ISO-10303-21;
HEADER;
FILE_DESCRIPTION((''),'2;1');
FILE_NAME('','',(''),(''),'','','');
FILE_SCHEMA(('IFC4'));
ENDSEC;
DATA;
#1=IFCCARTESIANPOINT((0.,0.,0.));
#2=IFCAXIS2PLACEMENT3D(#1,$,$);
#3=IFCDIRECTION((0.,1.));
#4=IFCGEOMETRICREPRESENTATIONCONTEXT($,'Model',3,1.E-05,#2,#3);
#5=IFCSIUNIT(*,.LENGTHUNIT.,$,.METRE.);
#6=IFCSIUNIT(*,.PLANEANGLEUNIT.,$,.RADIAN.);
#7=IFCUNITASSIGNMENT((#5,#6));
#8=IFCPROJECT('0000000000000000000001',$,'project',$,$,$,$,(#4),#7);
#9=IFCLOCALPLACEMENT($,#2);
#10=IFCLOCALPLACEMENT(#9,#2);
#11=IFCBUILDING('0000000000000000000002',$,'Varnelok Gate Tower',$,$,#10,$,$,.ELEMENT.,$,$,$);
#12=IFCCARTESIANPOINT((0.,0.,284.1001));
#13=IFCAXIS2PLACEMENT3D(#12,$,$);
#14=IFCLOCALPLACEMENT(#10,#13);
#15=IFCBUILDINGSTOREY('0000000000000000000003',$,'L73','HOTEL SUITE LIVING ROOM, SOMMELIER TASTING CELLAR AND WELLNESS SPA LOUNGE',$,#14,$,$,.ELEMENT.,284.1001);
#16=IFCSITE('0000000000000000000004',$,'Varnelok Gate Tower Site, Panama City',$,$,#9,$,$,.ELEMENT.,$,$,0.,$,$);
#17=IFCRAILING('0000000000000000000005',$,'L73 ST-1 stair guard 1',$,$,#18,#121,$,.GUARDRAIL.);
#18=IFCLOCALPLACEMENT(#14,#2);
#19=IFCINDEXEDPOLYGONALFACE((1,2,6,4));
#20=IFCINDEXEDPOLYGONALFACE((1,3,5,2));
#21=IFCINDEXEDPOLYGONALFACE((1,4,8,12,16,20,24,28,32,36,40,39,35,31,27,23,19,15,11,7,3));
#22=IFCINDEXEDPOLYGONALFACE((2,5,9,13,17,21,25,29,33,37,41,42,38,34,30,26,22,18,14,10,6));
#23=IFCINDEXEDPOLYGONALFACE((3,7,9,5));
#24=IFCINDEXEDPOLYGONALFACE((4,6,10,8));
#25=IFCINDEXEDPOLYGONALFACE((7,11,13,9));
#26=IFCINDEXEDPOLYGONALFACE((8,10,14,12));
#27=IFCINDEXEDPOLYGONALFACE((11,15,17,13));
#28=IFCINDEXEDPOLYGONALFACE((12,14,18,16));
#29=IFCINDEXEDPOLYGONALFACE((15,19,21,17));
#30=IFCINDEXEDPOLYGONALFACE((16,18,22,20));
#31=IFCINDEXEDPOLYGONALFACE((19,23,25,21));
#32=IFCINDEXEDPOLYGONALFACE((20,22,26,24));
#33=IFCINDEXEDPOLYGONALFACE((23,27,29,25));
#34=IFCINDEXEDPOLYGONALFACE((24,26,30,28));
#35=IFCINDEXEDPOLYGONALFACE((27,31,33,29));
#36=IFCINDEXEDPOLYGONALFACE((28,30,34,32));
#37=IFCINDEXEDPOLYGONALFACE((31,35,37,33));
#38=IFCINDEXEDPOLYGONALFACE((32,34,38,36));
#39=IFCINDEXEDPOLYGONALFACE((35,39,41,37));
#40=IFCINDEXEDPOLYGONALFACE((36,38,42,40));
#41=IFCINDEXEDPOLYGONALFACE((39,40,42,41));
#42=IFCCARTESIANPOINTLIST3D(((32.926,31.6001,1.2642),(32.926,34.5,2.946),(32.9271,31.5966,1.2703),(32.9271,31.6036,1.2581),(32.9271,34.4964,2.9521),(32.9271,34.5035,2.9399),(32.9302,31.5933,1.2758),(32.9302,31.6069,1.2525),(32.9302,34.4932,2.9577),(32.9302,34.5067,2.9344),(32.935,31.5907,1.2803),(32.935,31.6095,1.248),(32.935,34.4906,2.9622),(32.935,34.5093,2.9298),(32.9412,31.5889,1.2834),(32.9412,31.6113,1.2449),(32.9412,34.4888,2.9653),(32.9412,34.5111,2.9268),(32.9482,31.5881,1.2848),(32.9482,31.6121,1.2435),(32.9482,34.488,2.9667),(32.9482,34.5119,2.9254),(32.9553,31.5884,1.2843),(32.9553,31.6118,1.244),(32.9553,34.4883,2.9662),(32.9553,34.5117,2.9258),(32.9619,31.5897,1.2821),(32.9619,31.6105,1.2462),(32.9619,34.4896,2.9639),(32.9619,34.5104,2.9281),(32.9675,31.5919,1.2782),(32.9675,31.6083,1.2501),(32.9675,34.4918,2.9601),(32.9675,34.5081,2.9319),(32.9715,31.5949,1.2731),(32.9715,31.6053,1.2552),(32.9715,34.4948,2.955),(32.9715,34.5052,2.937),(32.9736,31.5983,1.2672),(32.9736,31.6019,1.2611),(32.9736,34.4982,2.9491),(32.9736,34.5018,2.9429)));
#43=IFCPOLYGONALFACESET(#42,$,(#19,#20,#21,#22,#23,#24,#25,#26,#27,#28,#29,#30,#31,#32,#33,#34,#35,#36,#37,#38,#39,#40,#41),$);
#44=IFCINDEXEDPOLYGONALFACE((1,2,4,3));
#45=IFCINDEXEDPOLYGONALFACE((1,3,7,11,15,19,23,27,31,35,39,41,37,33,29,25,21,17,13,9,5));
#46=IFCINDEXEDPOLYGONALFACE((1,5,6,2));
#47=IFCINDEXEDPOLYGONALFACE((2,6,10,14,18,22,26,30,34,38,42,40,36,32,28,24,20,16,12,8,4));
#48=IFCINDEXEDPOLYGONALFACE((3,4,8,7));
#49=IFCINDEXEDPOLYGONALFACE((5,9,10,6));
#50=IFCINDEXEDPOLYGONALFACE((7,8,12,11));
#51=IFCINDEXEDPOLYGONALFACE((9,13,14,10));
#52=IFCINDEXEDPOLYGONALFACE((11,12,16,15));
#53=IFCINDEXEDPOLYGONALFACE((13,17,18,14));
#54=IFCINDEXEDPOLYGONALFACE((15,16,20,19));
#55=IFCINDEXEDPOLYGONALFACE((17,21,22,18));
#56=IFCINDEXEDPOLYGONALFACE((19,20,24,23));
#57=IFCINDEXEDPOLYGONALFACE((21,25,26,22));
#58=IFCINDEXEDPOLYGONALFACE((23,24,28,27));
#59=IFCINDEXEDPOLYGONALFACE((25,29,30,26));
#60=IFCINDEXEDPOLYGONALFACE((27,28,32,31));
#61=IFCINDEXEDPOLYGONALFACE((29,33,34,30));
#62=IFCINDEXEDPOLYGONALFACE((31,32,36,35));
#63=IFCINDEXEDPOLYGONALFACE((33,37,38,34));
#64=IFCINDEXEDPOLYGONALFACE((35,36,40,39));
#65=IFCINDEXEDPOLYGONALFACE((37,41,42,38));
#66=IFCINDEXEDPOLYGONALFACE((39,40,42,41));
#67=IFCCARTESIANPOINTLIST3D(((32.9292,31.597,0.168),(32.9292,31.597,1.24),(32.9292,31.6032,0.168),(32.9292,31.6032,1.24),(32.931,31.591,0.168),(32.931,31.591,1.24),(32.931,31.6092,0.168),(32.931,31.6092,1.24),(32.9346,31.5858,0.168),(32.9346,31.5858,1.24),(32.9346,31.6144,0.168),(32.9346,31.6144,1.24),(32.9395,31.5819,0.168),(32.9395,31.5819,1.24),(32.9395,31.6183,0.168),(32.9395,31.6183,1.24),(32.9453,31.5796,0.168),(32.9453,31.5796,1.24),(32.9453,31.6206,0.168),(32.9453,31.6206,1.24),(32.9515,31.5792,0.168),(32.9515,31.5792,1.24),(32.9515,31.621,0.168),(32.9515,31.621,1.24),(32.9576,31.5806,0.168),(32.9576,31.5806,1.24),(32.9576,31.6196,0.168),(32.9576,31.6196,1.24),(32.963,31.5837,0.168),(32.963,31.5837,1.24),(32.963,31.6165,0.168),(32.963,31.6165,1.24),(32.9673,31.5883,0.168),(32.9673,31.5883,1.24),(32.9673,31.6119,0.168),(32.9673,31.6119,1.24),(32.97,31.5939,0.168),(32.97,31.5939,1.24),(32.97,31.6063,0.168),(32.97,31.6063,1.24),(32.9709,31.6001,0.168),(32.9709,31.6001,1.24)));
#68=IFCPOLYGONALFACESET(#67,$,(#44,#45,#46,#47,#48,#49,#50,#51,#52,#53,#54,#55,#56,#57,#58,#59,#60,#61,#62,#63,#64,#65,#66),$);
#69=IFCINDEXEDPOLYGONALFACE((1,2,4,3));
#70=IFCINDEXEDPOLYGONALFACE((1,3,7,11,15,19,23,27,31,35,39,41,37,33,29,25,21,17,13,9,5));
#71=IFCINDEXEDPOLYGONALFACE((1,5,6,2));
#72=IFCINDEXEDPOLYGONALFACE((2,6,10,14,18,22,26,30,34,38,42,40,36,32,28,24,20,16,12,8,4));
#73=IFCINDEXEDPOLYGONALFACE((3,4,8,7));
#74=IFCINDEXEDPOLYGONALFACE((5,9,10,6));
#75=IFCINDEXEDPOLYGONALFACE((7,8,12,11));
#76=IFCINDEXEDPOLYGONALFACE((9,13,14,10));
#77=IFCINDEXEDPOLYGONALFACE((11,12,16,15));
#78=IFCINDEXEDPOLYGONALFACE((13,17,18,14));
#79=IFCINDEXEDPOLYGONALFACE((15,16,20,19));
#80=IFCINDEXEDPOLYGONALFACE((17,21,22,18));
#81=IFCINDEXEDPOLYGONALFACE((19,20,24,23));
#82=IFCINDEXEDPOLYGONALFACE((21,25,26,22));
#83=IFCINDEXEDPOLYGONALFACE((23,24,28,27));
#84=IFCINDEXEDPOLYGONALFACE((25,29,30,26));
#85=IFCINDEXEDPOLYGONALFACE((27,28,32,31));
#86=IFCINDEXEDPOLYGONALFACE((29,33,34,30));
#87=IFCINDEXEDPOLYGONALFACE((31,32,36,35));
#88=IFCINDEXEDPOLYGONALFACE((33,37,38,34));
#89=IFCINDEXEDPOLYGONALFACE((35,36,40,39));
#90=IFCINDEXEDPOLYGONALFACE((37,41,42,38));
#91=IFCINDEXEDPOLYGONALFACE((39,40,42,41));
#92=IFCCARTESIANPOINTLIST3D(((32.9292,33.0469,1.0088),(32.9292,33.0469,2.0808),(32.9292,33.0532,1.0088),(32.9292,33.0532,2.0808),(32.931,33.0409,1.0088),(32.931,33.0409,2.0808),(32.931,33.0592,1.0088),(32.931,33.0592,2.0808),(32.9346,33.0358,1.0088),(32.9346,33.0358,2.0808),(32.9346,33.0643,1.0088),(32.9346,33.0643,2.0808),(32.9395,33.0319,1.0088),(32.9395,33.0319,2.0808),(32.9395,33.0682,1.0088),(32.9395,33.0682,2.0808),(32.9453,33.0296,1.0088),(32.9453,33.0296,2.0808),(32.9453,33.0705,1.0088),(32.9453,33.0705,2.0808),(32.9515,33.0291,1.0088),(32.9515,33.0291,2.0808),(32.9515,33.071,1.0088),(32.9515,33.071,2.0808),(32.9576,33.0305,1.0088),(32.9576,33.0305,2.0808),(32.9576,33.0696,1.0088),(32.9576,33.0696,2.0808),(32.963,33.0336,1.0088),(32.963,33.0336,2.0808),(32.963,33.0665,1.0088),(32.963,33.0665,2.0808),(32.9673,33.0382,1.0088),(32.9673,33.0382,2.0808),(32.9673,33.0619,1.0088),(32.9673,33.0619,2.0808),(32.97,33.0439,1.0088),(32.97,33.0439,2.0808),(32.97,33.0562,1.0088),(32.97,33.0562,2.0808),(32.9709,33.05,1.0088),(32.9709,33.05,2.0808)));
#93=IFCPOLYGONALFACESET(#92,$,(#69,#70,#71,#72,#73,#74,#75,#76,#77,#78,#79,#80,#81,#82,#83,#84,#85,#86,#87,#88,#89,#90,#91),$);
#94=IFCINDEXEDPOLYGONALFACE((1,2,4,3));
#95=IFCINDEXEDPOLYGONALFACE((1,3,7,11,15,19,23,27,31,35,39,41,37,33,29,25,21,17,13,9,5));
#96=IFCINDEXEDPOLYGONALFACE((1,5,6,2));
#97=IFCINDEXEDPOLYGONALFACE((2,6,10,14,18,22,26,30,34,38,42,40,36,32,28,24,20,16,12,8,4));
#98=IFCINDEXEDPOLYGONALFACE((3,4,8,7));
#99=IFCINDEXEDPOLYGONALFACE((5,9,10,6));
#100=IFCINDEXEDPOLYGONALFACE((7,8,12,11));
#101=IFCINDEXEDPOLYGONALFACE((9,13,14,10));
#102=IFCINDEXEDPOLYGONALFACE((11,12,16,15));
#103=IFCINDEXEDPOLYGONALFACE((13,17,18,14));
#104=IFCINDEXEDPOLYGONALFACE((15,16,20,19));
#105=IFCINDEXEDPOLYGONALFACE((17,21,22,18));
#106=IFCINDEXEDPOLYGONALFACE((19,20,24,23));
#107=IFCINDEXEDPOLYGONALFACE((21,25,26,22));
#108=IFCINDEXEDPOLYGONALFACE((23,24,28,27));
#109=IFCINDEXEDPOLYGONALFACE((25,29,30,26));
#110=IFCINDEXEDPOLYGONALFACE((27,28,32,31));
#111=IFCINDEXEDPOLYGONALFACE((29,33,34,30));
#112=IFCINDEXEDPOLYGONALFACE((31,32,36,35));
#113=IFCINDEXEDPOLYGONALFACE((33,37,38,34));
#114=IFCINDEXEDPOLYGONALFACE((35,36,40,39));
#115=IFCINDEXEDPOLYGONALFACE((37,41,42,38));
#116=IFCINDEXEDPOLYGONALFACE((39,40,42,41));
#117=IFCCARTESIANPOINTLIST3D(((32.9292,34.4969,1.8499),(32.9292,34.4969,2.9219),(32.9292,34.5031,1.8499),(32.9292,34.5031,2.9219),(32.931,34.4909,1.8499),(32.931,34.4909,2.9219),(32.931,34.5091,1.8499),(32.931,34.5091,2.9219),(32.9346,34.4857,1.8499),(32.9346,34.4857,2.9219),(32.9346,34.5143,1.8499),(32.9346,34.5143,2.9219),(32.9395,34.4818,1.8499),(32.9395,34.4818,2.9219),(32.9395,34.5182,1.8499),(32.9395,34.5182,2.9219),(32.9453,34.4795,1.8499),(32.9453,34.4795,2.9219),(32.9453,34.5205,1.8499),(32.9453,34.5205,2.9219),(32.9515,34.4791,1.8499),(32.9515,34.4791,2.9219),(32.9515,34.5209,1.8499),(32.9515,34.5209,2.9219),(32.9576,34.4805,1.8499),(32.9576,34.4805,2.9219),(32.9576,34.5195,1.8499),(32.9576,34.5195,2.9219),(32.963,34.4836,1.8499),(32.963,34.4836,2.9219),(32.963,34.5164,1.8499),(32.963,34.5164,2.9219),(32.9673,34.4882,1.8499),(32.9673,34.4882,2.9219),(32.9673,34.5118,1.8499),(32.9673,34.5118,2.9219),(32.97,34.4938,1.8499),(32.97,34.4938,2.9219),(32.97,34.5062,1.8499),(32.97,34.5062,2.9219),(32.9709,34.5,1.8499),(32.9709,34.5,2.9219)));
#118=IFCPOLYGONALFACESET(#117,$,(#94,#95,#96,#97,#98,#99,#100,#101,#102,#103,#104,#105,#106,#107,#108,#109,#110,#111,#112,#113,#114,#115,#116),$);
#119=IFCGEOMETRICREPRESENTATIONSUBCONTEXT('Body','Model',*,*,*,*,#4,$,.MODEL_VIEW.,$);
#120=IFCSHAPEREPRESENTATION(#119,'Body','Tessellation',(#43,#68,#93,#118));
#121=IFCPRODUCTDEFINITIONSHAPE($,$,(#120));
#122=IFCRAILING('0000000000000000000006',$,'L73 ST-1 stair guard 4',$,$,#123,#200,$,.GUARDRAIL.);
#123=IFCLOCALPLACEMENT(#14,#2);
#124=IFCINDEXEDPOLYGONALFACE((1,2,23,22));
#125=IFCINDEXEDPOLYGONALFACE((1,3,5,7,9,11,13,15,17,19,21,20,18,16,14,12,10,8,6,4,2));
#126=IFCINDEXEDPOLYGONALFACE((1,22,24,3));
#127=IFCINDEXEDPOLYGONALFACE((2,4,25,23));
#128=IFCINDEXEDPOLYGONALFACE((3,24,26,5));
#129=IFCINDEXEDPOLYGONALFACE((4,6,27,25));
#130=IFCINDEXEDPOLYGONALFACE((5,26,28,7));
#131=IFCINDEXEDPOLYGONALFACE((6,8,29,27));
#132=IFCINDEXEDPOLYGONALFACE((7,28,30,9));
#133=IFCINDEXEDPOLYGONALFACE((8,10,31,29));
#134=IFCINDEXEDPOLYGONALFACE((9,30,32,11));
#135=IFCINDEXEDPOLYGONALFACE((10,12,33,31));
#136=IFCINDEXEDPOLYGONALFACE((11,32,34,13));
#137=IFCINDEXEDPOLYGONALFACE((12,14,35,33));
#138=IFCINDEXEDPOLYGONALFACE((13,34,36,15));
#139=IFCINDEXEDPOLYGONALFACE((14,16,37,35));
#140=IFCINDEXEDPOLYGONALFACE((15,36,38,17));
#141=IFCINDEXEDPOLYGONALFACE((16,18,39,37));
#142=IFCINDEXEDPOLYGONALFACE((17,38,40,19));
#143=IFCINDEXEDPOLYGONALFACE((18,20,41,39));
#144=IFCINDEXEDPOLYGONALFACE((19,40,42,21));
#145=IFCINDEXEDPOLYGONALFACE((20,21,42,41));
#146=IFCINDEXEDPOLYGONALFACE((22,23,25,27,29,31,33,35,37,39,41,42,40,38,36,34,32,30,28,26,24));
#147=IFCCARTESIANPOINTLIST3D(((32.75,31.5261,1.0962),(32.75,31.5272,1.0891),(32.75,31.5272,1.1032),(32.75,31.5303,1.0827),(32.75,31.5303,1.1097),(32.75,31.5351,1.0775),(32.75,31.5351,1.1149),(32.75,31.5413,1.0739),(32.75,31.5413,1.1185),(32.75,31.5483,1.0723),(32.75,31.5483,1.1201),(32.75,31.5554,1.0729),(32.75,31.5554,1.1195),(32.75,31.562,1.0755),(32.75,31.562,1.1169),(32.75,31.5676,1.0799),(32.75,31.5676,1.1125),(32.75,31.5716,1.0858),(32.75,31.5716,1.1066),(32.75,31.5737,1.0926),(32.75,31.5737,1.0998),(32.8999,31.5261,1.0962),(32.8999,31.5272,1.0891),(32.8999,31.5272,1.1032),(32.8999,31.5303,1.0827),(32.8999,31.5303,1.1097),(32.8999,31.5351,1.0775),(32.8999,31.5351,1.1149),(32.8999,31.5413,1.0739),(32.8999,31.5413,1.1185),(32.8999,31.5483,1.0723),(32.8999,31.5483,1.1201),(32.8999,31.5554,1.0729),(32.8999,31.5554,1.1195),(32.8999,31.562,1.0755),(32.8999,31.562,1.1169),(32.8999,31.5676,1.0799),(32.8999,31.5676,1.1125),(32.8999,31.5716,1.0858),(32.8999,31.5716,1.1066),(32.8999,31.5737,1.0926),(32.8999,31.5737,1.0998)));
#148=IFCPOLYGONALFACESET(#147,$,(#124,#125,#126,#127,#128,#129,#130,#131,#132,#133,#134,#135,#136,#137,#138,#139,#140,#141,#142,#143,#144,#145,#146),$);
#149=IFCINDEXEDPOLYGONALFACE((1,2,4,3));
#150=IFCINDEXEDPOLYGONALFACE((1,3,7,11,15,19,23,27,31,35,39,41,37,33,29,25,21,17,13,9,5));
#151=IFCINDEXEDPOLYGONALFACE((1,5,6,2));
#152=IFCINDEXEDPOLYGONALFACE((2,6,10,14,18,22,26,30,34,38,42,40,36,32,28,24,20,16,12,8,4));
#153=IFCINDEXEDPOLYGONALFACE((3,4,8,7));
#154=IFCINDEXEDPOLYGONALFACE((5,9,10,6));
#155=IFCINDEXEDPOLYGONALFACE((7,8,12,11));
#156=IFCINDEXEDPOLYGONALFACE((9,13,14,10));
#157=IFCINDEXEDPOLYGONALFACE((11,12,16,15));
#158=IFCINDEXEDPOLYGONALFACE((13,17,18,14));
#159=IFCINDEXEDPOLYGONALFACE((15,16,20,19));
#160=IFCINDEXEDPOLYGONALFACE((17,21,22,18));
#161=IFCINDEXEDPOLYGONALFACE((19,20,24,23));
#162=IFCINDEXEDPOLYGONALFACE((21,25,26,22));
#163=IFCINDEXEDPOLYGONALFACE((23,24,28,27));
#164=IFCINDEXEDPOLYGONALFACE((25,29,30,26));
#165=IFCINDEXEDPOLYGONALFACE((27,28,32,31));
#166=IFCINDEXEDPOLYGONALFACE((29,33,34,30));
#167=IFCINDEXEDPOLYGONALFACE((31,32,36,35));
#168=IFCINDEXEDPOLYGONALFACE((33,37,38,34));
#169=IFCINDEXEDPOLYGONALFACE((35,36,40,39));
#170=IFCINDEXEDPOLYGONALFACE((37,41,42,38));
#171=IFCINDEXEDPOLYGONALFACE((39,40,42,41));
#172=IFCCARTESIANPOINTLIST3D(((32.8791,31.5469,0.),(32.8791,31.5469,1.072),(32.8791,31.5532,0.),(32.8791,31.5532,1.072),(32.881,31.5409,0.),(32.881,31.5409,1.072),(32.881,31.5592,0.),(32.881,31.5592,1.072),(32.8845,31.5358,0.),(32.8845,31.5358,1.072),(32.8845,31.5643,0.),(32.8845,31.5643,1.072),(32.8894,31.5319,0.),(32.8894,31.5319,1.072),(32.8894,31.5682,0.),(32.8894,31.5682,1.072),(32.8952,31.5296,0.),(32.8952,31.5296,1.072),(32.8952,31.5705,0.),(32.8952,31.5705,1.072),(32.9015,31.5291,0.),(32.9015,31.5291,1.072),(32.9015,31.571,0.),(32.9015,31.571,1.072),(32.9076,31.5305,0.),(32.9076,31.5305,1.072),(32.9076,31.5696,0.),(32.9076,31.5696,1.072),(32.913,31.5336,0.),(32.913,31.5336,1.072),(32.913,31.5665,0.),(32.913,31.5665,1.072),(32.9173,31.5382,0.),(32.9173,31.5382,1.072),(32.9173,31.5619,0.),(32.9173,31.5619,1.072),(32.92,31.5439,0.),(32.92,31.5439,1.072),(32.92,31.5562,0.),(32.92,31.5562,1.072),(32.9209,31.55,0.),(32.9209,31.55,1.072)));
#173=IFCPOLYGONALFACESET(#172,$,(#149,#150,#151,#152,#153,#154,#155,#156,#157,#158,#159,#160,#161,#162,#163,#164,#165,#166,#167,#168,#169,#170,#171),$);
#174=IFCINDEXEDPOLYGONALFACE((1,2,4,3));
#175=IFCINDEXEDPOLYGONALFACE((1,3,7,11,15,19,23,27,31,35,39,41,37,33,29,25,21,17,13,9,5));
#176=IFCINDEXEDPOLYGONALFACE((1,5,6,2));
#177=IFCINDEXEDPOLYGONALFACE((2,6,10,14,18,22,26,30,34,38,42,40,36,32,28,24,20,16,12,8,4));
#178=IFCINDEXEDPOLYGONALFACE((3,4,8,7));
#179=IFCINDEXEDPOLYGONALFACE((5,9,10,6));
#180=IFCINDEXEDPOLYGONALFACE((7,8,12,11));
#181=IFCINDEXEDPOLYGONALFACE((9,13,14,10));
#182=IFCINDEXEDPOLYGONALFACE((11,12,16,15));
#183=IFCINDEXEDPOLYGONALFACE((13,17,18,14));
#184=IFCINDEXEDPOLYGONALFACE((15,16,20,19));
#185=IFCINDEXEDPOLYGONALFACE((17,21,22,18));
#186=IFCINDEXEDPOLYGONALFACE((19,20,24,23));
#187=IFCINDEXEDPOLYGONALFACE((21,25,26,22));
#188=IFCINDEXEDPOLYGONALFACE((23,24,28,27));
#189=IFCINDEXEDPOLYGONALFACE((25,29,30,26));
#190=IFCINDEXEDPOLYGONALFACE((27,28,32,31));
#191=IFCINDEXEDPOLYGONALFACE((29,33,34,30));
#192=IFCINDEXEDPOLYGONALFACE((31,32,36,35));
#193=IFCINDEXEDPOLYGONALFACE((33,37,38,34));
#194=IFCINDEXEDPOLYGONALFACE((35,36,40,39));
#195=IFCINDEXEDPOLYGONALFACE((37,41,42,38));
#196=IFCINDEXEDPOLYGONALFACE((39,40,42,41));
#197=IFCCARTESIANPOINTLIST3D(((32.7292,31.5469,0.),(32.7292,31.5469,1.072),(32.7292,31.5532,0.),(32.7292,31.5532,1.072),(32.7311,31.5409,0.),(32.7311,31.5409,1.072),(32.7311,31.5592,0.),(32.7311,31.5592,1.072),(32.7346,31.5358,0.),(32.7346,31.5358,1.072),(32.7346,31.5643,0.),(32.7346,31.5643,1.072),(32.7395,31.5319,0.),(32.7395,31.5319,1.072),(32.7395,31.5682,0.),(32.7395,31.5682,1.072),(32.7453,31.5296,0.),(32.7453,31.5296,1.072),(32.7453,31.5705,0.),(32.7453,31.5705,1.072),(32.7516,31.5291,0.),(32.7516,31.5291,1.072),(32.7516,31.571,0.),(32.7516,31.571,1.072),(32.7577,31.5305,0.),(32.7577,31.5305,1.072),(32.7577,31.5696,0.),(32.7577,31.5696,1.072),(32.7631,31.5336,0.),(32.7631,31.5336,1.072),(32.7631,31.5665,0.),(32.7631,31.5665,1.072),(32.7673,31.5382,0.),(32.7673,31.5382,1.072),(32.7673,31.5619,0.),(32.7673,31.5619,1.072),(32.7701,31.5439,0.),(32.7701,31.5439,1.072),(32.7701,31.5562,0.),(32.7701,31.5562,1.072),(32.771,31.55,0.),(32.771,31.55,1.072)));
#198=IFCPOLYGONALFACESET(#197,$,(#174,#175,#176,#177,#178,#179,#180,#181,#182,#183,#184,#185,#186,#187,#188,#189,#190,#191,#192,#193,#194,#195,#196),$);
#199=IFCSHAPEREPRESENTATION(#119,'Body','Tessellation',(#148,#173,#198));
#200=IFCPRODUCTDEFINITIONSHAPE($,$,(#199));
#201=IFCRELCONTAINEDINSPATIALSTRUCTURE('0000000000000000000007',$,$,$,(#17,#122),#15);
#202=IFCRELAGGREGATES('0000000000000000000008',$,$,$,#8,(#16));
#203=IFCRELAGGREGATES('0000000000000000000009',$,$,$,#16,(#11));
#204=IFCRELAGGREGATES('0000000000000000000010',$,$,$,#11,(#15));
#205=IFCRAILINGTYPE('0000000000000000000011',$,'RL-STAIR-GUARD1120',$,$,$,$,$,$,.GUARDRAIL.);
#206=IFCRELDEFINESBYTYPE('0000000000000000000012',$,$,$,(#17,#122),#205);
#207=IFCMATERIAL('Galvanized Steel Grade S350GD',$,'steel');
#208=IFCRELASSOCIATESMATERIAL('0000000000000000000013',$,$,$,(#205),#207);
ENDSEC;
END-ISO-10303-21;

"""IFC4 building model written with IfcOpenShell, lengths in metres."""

from ifc_helpers import new_model, si_unit, direction, frame, origin, origin_2d, place, context, subcontext, project, spatial, circle, extrude, material, type_object, element, save


model = new_model("IFC4")

# Units and contexts
model_context = context("Model", 3, precision=1e-05, world=origin(), true_north=direction((0.0, 1.0)))
body_context = subcontext(model_context, "Body", "Model", "MODEL_VIEW")
ifc_project = project(units=[si_unit("LENGTHUNIT", "METRE"), si_unit("PLANEANGLEUNIT", "RADIAN")], contexts=[model_context])

# Site, building, storey
site_placement = place(None, origin())
site = spatial("IfcSite", under=ifc_project, at=site_placement, Name="Varnelok Gate Tower Site, Panama City", CompositionType="ELEMENT", RefElevation=0.0)
building_placement = place(site_placement, origin())
building = spatial("IfcBuilding", under=site, at=building_placement, Name="Varnelok Gate Tower", CompositionType="ELEMENT")
storey_placement = place(building_placement, frame((0.0, 0.0, 284.1001)))
storey = spatial("IfcBuildingStorey", under=building, at=storey_placement, Name="L73", Description="HOTEL SUITE LIVING ROOM, SOMMELIER TASTING CELLAR AND WELLNESS SPA LOUNGE", CompositionType="ELEMENT", Elevation=284.1001)

# Shared definitions
ifc_material_1 = material(Name="Galvanized Steel Grade S350GD", Category="steel")

# Railings
railing_type_1 = type_object("IfcRailingType", Name="RL-STAIR-GUARD1120", PredefinedType="GUARDRAIL", material=ifc_material_1)
railing_1_placement = place(storey_placement, frame((32.95, 31.6001, 0.168)))
element("IfcRailing", 1, at=railing_1_placement, inside=storey, type_object=railing_type_1, Name="L73 ST-1 stair guard 1", PredefinedType="GUARDRAIL", context=body_context, shape_type="SweptSolid", body=[
    extrude(circle(Radius=0.0239, at=origin_2d()), frame((0.0, 0.0, 1.0962), z_axis=(0.0, 0.865039, 0.501705), x_axis=(-1.0, 0.0, 0.0)), (0.0, 0.0, 1.0), 3.3523),
    extrude(circle(Radius=0.021, at=origin_2d()), origin(), (0.0, 0.0, 1.0), 1.072),
    extrude(circle(Radius=0.021, at=origin_2d()), frame((0.0, 1.45, 0.8408)), (0.0, 0.0, 1.0), 1.072),
    extrude(circle(Radius=0.021, at=origin_2d()), frame((0.0, 2.8999, 1.6819)), (0.0, 0.0, 1.0), 1.072),
])
railing_2_placement = place(storey_placement, frame((32.8999, 31.55, 0.0)))
element("IfcRailing", 2, at=railing_2_placement, inside=storey, type_object=railing_type_1, Name="L73 ST-1 stair guard 4", PredefinedType="GUARDRAIL", context=body_context, shape_type="SweptSolid", body=[
    extrude(circle(Radius=0.0239, at=origin_2d()), frame((0.0, 0.0, 1.0962), z_axis=(-1.0, 0.0, 0.0), x_axis=(0.0, -1.0, 0.0)), (0.0, 0.0, 1.0), 0.1499),
    extrude(circle(Radius=0.021, at=origin_2d()), origin(), (0.0, 0.0, 1.0), 1.072),
    extrude(circle(Radius=0.021, at=origin_2d()), frame((-0.1499, 0.0, 0.0)), (0.0, 0.0, 1.0), 1.072),
])

save(model, "model.ifc")
